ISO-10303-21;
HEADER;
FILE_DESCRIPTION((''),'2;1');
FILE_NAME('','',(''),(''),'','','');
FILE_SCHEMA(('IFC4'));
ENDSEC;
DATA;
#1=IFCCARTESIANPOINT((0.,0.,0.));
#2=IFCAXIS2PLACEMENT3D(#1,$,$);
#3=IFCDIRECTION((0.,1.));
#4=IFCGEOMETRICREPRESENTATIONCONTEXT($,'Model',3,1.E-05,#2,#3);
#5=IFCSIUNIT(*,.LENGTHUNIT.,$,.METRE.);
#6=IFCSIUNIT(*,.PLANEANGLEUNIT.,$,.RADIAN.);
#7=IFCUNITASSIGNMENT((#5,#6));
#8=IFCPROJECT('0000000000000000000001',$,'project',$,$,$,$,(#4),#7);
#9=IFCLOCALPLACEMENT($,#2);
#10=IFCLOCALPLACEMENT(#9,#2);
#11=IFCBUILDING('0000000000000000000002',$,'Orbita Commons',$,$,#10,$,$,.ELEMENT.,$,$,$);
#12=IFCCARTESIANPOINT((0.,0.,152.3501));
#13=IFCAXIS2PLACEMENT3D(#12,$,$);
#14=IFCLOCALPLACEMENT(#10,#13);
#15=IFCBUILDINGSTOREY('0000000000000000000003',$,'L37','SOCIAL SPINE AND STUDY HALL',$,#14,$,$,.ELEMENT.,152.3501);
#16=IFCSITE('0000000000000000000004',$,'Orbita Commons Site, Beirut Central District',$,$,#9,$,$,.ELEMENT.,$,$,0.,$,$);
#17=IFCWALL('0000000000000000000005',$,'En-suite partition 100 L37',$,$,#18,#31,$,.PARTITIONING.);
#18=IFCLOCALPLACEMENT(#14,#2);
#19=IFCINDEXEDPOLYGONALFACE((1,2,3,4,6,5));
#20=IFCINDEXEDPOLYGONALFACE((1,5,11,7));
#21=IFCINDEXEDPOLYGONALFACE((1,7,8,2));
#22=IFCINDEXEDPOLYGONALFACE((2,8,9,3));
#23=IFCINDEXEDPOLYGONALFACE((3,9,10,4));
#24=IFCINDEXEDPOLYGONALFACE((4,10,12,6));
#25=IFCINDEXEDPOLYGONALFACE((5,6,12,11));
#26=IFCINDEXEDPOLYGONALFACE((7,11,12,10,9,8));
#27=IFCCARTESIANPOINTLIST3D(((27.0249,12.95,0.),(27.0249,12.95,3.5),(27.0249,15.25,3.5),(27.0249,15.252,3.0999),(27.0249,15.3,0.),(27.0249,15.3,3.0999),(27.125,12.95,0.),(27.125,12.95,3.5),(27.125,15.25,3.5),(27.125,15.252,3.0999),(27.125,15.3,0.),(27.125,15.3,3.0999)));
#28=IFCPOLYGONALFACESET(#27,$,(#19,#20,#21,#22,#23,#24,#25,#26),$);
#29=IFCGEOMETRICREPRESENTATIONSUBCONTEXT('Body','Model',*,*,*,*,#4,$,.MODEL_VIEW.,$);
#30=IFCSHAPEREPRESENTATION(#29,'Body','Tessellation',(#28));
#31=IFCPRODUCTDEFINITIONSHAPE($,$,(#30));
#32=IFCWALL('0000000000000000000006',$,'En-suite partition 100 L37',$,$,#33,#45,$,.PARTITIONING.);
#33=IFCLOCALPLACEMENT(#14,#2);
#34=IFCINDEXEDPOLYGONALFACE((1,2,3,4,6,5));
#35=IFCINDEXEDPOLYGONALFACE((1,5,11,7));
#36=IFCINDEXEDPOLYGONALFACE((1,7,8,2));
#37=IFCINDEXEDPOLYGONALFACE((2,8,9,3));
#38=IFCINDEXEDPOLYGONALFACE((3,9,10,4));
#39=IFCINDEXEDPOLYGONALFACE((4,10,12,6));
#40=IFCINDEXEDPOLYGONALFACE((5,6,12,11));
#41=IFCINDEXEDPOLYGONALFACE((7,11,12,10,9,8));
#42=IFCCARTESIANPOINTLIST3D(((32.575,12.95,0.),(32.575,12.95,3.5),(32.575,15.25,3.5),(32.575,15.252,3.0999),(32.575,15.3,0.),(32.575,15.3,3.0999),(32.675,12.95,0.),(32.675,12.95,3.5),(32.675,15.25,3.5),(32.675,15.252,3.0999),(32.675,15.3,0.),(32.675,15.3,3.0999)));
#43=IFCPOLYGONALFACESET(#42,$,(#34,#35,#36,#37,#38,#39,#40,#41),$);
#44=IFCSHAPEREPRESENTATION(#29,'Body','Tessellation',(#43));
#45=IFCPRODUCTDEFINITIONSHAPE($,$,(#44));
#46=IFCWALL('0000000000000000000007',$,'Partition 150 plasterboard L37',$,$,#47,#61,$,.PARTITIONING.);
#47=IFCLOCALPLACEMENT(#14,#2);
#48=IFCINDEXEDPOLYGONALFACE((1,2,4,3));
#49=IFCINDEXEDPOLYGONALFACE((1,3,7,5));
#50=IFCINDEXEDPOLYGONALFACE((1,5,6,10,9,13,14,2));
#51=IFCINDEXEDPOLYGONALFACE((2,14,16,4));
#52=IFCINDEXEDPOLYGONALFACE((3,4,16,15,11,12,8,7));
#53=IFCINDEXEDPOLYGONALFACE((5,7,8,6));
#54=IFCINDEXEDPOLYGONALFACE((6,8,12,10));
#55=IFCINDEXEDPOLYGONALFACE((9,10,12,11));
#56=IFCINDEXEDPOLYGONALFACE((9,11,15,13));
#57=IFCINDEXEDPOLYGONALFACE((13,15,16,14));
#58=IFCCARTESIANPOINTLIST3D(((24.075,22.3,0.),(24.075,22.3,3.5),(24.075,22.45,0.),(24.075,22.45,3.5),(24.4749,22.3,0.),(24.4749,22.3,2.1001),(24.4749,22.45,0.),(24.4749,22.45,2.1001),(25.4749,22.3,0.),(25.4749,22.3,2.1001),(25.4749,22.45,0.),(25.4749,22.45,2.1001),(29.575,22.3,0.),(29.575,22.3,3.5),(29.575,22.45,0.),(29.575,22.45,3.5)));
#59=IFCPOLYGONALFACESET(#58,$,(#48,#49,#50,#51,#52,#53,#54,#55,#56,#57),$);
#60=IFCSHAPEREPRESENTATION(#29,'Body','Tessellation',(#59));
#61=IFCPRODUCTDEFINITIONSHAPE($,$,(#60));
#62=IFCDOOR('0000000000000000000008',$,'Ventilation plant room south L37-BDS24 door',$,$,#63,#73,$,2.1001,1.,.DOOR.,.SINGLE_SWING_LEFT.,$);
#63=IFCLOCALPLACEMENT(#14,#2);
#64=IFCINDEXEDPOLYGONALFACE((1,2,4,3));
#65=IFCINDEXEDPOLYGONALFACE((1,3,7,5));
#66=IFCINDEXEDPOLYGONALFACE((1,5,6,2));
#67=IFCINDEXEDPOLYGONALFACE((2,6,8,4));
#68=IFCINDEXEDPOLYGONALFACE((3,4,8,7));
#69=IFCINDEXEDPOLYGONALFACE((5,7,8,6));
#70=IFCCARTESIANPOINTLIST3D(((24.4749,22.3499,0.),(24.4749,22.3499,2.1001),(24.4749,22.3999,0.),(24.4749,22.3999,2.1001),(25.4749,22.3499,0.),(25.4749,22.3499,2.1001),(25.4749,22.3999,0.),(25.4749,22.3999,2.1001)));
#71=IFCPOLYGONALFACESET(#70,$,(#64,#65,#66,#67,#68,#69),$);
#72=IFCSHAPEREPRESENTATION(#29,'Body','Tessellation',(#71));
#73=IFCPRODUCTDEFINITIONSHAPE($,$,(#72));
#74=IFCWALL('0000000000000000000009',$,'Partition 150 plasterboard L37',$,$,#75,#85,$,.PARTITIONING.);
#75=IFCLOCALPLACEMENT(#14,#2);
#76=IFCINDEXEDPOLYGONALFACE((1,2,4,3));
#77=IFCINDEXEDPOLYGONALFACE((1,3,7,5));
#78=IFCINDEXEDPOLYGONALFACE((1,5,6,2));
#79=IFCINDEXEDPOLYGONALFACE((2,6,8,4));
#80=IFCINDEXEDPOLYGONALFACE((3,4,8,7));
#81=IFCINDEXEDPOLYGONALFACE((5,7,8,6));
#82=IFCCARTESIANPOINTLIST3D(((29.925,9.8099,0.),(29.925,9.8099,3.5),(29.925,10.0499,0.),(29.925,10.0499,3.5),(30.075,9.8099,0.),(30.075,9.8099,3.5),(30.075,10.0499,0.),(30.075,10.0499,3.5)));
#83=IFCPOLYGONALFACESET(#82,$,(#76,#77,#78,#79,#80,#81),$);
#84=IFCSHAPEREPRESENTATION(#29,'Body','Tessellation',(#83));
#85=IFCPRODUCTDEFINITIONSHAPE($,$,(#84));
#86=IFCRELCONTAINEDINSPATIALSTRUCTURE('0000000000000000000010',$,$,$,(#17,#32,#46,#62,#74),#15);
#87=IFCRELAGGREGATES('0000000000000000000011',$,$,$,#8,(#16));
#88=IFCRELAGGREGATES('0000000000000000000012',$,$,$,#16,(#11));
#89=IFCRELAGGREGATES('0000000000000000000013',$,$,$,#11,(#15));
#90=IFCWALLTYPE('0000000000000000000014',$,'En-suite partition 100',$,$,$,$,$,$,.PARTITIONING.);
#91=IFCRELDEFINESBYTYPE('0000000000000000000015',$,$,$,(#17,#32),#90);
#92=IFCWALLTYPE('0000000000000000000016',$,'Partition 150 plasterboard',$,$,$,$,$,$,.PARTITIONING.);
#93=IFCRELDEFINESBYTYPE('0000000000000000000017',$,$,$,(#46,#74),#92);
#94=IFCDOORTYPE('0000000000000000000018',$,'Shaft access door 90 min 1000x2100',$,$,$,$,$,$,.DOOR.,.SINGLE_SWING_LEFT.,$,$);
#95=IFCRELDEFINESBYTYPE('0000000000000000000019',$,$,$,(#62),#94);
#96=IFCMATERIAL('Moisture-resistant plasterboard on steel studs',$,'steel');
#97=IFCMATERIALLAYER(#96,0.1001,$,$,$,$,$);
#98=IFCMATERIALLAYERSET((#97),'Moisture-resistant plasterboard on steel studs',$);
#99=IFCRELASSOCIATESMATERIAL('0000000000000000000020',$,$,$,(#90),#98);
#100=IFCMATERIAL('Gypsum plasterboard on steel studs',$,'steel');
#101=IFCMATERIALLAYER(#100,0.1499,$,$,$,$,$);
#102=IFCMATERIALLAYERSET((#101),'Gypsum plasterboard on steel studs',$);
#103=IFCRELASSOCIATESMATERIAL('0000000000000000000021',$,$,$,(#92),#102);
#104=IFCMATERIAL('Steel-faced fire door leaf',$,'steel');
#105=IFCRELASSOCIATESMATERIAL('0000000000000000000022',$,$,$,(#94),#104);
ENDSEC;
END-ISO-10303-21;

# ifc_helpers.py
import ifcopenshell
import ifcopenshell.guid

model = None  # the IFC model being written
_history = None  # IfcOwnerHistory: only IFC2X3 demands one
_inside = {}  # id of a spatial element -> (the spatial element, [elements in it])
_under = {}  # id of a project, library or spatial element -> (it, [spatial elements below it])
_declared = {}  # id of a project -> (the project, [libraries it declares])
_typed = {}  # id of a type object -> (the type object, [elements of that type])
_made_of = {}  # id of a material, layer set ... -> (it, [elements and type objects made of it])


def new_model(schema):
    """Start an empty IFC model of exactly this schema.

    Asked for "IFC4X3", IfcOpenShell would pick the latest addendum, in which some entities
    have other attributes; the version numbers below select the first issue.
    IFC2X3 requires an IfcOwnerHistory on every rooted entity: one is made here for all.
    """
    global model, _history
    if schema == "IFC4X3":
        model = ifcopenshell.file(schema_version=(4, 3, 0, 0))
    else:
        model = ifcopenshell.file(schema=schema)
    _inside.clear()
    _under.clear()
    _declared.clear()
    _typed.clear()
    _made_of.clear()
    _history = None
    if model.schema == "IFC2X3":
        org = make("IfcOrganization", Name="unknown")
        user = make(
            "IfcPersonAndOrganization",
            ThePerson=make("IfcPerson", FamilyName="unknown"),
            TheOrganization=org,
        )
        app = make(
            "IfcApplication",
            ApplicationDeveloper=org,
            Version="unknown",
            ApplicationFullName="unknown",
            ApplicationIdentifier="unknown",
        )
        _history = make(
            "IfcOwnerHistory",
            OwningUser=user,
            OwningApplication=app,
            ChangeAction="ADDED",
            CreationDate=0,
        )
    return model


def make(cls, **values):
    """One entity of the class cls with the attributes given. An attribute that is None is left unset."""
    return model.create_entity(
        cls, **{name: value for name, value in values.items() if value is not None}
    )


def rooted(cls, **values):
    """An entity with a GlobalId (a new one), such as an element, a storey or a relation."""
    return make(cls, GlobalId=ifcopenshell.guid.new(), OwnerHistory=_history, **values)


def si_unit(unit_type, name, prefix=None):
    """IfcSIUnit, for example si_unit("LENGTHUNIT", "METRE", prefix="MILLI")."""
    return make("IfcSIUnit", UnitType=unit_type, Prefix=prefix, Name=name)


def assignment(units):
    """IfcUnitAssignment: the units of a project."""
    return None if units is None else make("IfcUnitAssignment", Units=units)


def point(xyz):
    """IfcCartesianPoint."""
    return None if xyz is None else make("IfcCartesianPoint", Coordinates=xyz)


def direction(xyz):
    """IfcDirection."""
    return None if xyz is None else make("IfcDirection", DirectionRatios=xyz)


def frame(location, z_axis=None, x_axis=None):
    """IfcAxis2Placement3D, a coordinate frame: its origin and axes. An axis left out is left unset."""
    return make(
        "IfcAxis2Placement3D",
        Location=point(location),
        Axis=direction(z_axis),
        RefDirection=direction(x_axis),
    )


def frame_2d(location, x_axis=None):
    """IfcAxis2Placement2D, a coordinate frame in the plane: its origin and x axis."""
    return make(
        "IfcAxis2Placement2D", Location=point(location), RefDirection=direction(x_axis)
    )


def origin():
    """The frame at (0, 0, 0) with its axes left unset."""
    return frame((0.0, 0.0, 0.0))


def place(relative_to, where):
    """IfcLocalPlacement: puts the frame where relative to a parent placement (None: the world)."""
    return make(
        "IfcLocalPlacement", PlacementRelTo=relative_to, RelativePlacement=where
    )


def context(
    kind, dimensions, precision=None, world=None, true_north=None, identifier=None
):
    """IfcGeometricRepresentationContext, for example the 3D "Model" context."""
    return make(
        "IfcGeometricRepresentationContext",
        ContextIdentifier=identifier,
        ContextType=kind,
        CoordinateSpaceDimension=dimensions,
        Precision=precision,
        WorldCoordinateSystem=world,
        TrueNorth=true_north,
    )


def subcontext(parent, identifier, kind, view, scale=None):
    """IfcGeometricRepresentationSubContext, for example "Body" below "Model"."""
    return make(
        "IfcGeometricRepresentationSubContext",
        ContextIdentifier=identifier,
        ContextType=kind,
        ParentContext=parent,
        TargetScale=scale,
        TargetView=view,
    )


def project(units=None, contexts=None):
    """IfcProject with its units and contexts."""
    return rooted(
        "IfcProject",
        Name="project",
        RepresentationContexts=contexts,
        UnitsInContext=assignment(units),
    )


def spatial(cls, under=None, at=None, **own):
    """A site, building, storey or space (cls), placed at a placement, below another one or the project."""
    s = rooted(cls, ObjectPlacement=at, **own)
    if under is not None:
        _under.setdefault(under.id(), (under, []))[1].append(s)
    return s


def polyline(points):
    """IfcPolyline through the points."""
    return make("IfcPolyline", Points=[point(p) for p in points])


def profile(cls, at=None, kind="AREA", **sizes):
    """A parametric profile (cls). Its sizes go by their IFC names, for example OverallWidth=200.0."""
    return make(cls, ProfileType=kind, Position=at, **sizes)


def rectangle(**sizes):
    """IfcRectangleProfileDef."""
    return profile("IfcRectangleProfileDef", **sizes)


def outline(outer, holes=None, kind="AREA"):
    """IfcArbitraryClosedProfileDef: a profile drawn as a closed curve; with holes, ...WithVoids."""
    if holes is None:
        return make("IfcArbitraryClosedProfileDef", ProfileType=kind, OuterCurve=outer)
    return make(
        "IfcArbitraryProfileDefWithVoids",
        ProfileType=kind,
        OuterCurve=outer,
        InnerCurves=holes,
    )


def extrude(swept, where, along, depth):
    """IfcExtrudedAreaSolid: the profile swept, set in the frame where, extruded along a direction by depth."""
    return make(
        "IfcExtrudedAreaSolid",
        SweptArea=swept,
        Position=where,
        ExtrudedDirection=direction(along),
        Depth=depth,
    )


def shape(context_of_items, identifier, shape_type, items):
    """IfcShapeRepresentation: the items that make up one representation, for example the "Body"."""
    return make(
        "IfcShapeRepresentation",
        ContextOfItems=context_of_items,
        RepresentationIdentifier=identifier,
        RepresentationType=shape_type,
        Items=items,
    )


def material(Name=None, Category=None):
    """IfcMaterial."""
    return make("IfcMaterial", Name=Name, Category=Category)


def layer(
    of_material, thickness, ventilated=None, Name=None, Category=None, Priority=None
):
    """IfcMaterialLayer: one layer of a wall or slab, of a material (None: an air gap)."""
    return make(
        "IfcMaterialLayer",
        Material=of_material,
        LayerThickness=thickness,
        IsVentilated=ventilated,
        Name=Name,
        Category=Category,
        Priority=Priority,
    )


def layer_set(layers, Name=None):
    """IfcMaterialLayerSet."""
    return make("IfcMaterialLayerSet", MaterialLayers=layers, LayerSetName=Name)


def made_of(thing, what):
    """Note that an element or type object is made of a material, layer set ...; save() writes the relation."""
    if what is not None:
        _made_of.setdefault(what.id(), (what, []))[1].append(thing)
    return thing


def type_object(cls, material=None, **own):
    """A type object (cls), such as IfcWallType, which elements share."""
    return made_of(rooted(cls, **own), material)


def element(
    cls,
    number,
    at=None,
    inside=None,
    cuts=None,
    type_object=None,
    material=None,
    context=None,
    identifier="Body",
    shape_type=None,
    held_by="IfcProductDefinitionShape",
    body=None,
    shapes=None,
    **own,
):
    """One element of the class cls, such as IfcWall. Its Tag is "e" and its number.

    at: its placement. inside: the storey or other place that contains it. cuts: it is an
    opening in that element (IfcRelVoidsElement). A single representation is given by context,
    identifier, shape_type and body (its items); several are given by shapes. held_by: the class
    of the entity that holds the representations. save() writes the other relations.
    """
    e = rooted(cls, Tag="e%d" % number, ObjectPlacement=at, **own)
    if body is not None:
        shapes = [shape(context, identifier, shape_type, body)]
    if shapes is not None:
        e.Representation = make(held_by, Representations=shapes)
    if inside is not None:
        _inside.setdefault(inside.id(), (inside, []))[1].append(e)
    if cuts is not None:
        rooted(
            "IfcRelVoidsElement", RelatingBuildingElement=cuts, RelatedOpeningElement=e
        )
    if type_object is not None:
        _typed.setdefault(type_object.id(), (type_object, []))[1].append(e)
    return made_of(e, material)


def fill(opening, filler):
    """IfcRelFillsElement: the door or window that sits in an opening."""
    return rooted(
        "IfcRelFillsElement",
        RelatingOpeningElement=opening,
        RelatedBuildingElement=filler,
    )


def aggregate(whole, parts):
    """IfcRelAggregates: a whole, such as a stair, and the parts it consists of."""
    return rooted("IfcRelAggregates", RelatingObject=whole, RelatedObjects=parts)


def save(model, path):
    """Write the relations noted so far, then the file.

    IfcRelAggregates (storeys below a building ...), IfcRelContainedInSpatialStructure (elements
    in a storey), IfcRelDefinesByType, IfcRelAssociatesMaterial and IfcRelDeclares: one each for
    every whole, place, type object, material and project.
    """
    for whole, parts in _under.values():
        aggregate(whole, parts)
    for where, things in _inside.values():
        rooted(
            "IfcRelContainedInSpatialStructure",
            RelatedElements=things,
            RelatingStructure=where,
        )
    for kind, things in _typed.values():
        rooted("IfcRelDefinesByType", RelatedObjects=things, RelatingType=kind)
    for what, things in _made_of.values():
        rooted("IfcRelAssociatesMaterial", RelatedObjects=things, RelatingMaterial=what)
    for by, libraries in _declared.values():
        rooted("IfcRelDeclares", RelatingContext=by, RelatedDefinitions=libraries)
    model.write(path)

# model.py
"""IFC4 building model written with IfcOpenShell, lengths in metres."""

from ifc_helpers import new_model, si_unit, direction, frame, frame_2d, origin, place, context, subcontext, project, spatial, polyline, rectangle, outline, extrude, material, layer, layer_set, type_object, element, fill, save


model = new_model("IFC4")

# Units and contexts
model_context = context("Model", 3, precision=1e-05, world=origin(), true_north=direction((0.0, 1.0)))
body_context = subcontext(model_context, "Body", "Model", "MODEL_VIEW")
ifc_project = project(units=[si_unit("LENGTHUNIT", "METRE"), si_unit("PLANEANGLEUNIT", "RADIAN")], contexts=[model_context])

# Site, building, storey
site_placement = place(None, origin())
site = spatial("IfcSite", under=ifc_project, at=site_placement, Name="Orbita Commons Site, Beirut Central District", CompositionType="ELEMENT", RefElevation=0.0)
building_placement = place(site_placement, origin())
building = spatial("IfcBuilding", under=site, at=building_placement, Name="Orbita Commons", CompositionType="ELEMENT")
storey_placement = place(building_placement, frame((0.0, 0.0, 152.3501)))
storey = spatial("IfcBuildingStorey", under=building, at=storey_placement, Name="L37", Description="SOCIAL SPINE AND STUDY HALL", CompositionType="ELEMENT", Elevation=152.3501)

# Shared definitions
ifc_material_1 = material(Name="Moisture-resistant plasterboard on steel studs", Category="steel")
ifc_layer_1 = layer(ifc_material_1, 0.1001)
ifc_layer_set_1 = layer_set([ifc_layer_1], Name="Moisture-resistant plasterboard on steel studs")
wall_type_1 = type_object("IfcWallType", Name="En-suite partition 100", PredefinedType="PARTITIONING", material=ifc_layer_set_1)

# Walls
for number, where, z_axis, x_axis, name in (
    (1, (27.075, 12.95, 0.0), (0.0, 0.0, 1.0), (0.0, 1.0, 0.0), "En-suite partition 100 L37"),
    (2, (32.625, 12.95, 0.0), (0.0, 0.0, 1.0), (0.0, 1.0, 0.0), "En-suite partition 100 L37"),
):
    element("IfcWall", number, at=place(storey_placement, frame(where, z_axis=z_axis, x_axis=x_axis)), inside=storey, type_object=wall_type_1, Name=name, PredefinedType="PARTITIONING", context=body_context, shape_type="SweptSolid", body=[
        extrude(outline(polyline([(0.0, 0.0), (2.3501, 0.0), (2.3501, 3.0999), (2.302, 3.0999), (2.3, 3.5), (0.0, 3.5), (0.0, 0.0)])), frame((0.0, 0.05, 0.0), z_axis=(0.0, -1.0, 0.0), x_axis=(1.0, 0.0, 0.0)), (0.0, 0.0, 1.0), 0.1001),
    ])

# Wall, opening, door
ifc_material_2 = material(Name="Gypsum plasterboard on steel studs", Category="steel")
ifc_layer_2 = layer(ifc_material_2, 0.1499)
ifc_layer_set_2 = layer_set([ifc_layer_2], Name="Gypsum plasterboard on steel studs")
wall_type_2 = type_object("IfcWallType", Name="Partition 150 plasterboard", PredefinedType="PARTITIONING", material=ifc_layer_set_2)
wall_1_placement = place(storey_placement, frame((24.075, 22.375, 0.0), z_axis=(0.0, 0.0, 1.0), x_axis=(1.0, 0.0, 0.0)))
wall_1 = element("IfcWall", 3, at=wall_1_placement, inside=storey, type_object=wall_type_2, Name="Partition 150 plasterboard L37", PredefinedType="PARTITIONING", context=body_context, shape_type="SweptSolid", body=[
    extrude(rectangle(XDim=5.5, YDim=0.1499, at=frame_2d((2.75, 0.0))), origin(), (0.0, 0.0, 1.0), 3.5),
])
opening_1_placement = place(wall_1_placement, frame((0.3999, 0.0, 0.0)))
opening_1 = element("IfcOpeningElement", 4, at=opening_1_placement, cuts=wall_1, PredefinedType="OPENING", context=body_context, shape_type="SweptSolid", body=[
    extrude(rectangle(XDim=1.0, YDim=2.1001, at=frame_2d((0.5, 1.05))), frame((0.0, 0.085, 0.0), z_axis=(0.0, -1.0, 0.0), x_axis=(1.0, 0.0, 0.0)), (0.0, 0.0, 1.0), 0.1699),
])
ifc_material_3 = material(Name="Steel-faced fire door leaf", Category="steel")
door_type_1 = type_object("IfcDoorType", Name="Shaft access door 90 min 1000x2100", OperationType="SINGLE_SWING_LEFT", PredefinedType="DOOR", material=ifc_material_3)
door_1_placement = place(opening_1_placement, origin())
door_1 = element("IfcDoor", 5, at=door_1_placement, inside=storey, type_object=door_type_1, Name="Ventilation plant room south L37-BDS24 door", OperationType="SINGLE_SWING_LEFT", OverallHeight=2.1001, OverallWidth=1.0, PredefinedType="DOOR", context=body_context, shape_type="SweptSolid", body=[
    extrude(rectangle(XDim=1.0, YDim=2.1001, at=frame_2d((0.5, 1.05))), frame((0.0, 0.0249, 0.0), z_axis=(0.0, -1.0, 0.0), x_axis=(1.0, 0.0, 0.0)), (0.0, 0.0, 1.0), 0.05),
])
fill(opening_1, door_1)

# Wall
wall_2_placement = place(storey_placement, frame((30.0, 10.05, 0.0), z_axis=(0.0, 0.0, 1.0), x_axis=(0.0, -1.0, 0.0)))
element("IfcWall", 6, at=wall_2_placement, inside=storey, type_object=wall_type_2, Name="Partition 150 plasterboard L37", PredefinedType="PARTITIONING", context=body_context, shape_type="SweptSolid", body=[
    extrude(rectangle(XDim=0.24, YDim=0.1499, at=frame_2d((0.1201, 0.0))), origin(), (0.0, 0.0, 1.0), 3.5),
])

save(model, "model.ifc")
